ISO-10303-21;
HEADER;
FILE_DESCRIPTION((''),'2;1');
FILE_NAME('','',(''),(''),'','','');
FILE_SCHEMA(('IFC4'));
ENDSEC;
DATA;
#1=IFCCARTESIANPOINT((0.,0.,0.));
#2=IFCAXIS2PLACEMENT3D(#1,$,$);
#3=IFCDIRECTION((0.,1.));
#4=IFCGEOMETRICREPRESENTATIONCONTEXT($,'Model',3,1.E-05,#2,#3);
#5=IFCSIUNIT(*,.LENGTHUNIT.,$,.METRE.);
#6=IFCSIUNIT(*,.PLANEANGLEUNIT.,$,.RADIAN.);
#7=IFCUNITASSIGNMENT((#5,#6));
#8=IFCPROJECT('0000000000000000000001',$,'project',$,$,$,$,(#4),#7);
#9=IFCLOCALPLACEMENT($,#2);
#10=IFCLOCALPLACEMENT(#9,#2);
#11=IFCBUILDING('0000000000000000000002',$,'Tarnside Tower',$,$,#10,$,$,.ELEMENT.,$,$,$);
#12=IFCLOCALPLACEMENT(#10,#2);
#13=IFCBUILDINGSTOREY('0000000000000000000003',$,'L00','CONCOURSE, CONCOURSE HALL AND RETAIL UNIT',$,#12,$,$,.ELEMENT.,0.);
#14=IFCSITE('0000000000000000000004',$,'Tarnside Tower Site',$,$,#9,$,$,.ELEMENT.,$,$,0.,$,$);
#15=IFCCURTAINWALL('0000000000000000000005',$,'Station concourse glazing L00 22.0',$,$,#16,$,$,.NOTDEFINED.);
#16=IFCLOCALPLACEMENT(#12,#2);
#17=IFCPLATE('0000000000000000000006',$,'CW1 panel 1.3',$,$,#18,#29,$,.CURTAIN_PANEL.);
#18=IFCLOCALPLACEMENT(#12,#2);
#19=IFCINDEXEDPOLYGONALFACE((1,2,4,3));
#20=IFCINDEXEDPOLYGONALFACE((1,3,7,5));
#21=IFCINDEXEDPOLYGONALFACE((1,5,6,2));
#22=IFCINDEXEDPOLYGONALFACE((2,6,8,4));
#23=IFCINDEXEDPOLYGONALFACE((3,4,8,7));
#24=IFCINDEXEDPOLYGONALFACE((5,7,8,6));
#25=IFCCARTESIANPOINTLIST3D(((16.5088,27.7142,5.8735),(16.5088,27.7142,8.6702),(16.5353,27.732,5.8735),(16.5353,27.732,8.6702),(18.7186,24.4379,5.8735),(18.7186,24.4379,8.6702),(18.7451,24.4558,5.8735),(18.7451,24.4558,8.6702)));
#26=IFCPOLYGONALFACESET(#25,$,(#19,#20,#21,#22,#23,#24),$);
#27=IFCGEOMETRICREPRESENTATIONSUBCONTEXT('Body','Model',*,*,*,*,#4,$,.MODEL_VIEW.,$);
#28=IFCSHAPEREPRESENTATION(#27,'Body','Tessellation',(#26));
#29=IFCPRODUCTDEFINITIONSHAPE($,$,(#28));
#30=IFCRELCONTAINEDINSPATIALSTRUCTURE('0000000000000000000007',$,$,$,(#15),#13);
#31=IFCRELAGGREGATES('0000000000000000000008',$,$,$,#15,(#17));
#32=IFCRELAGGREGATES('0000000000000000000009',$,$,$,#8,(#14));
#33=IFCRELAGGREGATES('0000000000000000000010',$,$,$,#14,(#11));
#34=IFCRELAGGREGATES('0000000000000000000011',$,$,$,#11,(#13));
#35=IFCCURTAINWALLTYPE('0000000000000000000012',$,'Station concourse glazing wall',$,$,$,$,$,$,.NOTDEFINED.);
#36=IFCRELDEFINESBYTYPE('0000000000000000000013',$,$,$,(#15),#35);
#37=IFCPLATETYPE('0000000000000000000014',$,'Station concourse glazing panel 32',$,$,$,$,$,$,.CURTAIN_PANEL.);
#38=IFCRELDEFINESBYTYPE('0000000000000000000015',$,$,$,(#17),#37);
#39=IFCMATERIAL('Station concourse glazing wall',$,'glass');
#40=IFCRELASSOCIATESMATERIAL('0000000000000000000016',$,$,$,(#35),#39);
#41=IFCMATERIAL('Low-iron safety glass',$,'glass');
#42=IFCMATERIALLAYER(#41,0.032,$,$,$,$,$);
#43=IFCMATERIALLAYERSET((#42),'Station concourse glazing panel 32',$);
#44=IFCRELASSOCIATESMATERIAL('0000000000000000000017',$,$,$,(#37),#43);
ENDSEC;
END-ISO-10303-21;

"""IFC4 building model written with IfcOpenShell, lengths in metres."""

from ifc_helpers import new_model, si_unit, direction, frame, origin, origin_2d, place, context, subcontext, project, spatial, rectangle, extrude, material, layer, layer_set, type_object, element, aggregate, save


model = new_model("IFC4")

# Units and contexts
model_context = context("Model", 3, precision=1e-05, world=origin(), true_north=direction((0.0, 1.0)))
body_context = subcontext(model_context, "Body", "Model", "MODEL_VIEW")
ifc_project = project(units=[si_unit("LENGTHUNIT", "METRE"), si_unit("PLANEANGLEUNIT", "RADIAN")], contexts=[model_context])

# Site, building, storey
site_placement = place(None, origin())
site = spatial("IfcSite", under=ifc_project, at=site_placement, Name="Tarnside Tower Site", CompositionType="ELEMENT", RefElevation=0.0)
building_placement = place(site_placement, origin())
building = spatial("IfcBuilding", under=site, at=building_placement, Name="Tarnside Tower", CompositionType="ELEMENT")
storey_placement = place(building_placement, origin())
storey = spatial("IfcBuildingStorey", under=building, at=storey_placement, Name="L00", Description="CONCOURSE, CONCOURSE HALL AND RETAIL UNIT", CompositionType="ELEMENT", Elevation=0.0)

# Curtain wall
ifc_material_1 = material(Name="Station concourse glazing wall", Category="glass")
curtain_wall_type = type_object("IfcCurtainWallType", Name="Station concourse glazing wall", PredefinedType="NOTDEFINED", material=ifc_material_1)
curtain_wall_1_placement = place(storey_placement, origin())
curtain_wall_1 = element("IfcCurtainWall", 1, at=curtain_wall_1_placement, inside=storey, type_object=curtain_wall_type, Name="Station concourse glazing L00 22.0", PredefinedType="NOTDEFINED")

# Plate
ifc_material_2 = material(Name="Low-iron safety glass", Category="glass")
ifc_layer = layer(ifc_material_2, 0.032)
ifc_layer_set = layer_set([ifc_layer], Name="Station concourse glazing panel 32")
plate_type = type_object("IfcPlateType", Name="Station concourse glazing panel 32", PredefinedType="CURTAIN_PANEL", material=ifc_layer_set)
plate_1_placement = place(storey_placement, frame((17.627, 26.085, 5.8735), z_axis=(0.0, 0.0, 1.0), x_axis=(-0.559193, 0.829038, 0.0)))
plate_1 = element("IfcPlate", 2, at=plate_1_placement, type_object=plate_type, Name="CW1 panel 1.3", PredefinedType="CURTAIN_PANEL", context=body_context, shape_type="SweptSolid", body=[
    extrude(rectangle(XDim=3.9519, YDim=0.032, at=origin_2d()), origin(), (0.0, 0.0, 1.0), 2.7966),
])
aggregate(curtain_wall_1, [plate_1])

save(model, "model.ifc")
